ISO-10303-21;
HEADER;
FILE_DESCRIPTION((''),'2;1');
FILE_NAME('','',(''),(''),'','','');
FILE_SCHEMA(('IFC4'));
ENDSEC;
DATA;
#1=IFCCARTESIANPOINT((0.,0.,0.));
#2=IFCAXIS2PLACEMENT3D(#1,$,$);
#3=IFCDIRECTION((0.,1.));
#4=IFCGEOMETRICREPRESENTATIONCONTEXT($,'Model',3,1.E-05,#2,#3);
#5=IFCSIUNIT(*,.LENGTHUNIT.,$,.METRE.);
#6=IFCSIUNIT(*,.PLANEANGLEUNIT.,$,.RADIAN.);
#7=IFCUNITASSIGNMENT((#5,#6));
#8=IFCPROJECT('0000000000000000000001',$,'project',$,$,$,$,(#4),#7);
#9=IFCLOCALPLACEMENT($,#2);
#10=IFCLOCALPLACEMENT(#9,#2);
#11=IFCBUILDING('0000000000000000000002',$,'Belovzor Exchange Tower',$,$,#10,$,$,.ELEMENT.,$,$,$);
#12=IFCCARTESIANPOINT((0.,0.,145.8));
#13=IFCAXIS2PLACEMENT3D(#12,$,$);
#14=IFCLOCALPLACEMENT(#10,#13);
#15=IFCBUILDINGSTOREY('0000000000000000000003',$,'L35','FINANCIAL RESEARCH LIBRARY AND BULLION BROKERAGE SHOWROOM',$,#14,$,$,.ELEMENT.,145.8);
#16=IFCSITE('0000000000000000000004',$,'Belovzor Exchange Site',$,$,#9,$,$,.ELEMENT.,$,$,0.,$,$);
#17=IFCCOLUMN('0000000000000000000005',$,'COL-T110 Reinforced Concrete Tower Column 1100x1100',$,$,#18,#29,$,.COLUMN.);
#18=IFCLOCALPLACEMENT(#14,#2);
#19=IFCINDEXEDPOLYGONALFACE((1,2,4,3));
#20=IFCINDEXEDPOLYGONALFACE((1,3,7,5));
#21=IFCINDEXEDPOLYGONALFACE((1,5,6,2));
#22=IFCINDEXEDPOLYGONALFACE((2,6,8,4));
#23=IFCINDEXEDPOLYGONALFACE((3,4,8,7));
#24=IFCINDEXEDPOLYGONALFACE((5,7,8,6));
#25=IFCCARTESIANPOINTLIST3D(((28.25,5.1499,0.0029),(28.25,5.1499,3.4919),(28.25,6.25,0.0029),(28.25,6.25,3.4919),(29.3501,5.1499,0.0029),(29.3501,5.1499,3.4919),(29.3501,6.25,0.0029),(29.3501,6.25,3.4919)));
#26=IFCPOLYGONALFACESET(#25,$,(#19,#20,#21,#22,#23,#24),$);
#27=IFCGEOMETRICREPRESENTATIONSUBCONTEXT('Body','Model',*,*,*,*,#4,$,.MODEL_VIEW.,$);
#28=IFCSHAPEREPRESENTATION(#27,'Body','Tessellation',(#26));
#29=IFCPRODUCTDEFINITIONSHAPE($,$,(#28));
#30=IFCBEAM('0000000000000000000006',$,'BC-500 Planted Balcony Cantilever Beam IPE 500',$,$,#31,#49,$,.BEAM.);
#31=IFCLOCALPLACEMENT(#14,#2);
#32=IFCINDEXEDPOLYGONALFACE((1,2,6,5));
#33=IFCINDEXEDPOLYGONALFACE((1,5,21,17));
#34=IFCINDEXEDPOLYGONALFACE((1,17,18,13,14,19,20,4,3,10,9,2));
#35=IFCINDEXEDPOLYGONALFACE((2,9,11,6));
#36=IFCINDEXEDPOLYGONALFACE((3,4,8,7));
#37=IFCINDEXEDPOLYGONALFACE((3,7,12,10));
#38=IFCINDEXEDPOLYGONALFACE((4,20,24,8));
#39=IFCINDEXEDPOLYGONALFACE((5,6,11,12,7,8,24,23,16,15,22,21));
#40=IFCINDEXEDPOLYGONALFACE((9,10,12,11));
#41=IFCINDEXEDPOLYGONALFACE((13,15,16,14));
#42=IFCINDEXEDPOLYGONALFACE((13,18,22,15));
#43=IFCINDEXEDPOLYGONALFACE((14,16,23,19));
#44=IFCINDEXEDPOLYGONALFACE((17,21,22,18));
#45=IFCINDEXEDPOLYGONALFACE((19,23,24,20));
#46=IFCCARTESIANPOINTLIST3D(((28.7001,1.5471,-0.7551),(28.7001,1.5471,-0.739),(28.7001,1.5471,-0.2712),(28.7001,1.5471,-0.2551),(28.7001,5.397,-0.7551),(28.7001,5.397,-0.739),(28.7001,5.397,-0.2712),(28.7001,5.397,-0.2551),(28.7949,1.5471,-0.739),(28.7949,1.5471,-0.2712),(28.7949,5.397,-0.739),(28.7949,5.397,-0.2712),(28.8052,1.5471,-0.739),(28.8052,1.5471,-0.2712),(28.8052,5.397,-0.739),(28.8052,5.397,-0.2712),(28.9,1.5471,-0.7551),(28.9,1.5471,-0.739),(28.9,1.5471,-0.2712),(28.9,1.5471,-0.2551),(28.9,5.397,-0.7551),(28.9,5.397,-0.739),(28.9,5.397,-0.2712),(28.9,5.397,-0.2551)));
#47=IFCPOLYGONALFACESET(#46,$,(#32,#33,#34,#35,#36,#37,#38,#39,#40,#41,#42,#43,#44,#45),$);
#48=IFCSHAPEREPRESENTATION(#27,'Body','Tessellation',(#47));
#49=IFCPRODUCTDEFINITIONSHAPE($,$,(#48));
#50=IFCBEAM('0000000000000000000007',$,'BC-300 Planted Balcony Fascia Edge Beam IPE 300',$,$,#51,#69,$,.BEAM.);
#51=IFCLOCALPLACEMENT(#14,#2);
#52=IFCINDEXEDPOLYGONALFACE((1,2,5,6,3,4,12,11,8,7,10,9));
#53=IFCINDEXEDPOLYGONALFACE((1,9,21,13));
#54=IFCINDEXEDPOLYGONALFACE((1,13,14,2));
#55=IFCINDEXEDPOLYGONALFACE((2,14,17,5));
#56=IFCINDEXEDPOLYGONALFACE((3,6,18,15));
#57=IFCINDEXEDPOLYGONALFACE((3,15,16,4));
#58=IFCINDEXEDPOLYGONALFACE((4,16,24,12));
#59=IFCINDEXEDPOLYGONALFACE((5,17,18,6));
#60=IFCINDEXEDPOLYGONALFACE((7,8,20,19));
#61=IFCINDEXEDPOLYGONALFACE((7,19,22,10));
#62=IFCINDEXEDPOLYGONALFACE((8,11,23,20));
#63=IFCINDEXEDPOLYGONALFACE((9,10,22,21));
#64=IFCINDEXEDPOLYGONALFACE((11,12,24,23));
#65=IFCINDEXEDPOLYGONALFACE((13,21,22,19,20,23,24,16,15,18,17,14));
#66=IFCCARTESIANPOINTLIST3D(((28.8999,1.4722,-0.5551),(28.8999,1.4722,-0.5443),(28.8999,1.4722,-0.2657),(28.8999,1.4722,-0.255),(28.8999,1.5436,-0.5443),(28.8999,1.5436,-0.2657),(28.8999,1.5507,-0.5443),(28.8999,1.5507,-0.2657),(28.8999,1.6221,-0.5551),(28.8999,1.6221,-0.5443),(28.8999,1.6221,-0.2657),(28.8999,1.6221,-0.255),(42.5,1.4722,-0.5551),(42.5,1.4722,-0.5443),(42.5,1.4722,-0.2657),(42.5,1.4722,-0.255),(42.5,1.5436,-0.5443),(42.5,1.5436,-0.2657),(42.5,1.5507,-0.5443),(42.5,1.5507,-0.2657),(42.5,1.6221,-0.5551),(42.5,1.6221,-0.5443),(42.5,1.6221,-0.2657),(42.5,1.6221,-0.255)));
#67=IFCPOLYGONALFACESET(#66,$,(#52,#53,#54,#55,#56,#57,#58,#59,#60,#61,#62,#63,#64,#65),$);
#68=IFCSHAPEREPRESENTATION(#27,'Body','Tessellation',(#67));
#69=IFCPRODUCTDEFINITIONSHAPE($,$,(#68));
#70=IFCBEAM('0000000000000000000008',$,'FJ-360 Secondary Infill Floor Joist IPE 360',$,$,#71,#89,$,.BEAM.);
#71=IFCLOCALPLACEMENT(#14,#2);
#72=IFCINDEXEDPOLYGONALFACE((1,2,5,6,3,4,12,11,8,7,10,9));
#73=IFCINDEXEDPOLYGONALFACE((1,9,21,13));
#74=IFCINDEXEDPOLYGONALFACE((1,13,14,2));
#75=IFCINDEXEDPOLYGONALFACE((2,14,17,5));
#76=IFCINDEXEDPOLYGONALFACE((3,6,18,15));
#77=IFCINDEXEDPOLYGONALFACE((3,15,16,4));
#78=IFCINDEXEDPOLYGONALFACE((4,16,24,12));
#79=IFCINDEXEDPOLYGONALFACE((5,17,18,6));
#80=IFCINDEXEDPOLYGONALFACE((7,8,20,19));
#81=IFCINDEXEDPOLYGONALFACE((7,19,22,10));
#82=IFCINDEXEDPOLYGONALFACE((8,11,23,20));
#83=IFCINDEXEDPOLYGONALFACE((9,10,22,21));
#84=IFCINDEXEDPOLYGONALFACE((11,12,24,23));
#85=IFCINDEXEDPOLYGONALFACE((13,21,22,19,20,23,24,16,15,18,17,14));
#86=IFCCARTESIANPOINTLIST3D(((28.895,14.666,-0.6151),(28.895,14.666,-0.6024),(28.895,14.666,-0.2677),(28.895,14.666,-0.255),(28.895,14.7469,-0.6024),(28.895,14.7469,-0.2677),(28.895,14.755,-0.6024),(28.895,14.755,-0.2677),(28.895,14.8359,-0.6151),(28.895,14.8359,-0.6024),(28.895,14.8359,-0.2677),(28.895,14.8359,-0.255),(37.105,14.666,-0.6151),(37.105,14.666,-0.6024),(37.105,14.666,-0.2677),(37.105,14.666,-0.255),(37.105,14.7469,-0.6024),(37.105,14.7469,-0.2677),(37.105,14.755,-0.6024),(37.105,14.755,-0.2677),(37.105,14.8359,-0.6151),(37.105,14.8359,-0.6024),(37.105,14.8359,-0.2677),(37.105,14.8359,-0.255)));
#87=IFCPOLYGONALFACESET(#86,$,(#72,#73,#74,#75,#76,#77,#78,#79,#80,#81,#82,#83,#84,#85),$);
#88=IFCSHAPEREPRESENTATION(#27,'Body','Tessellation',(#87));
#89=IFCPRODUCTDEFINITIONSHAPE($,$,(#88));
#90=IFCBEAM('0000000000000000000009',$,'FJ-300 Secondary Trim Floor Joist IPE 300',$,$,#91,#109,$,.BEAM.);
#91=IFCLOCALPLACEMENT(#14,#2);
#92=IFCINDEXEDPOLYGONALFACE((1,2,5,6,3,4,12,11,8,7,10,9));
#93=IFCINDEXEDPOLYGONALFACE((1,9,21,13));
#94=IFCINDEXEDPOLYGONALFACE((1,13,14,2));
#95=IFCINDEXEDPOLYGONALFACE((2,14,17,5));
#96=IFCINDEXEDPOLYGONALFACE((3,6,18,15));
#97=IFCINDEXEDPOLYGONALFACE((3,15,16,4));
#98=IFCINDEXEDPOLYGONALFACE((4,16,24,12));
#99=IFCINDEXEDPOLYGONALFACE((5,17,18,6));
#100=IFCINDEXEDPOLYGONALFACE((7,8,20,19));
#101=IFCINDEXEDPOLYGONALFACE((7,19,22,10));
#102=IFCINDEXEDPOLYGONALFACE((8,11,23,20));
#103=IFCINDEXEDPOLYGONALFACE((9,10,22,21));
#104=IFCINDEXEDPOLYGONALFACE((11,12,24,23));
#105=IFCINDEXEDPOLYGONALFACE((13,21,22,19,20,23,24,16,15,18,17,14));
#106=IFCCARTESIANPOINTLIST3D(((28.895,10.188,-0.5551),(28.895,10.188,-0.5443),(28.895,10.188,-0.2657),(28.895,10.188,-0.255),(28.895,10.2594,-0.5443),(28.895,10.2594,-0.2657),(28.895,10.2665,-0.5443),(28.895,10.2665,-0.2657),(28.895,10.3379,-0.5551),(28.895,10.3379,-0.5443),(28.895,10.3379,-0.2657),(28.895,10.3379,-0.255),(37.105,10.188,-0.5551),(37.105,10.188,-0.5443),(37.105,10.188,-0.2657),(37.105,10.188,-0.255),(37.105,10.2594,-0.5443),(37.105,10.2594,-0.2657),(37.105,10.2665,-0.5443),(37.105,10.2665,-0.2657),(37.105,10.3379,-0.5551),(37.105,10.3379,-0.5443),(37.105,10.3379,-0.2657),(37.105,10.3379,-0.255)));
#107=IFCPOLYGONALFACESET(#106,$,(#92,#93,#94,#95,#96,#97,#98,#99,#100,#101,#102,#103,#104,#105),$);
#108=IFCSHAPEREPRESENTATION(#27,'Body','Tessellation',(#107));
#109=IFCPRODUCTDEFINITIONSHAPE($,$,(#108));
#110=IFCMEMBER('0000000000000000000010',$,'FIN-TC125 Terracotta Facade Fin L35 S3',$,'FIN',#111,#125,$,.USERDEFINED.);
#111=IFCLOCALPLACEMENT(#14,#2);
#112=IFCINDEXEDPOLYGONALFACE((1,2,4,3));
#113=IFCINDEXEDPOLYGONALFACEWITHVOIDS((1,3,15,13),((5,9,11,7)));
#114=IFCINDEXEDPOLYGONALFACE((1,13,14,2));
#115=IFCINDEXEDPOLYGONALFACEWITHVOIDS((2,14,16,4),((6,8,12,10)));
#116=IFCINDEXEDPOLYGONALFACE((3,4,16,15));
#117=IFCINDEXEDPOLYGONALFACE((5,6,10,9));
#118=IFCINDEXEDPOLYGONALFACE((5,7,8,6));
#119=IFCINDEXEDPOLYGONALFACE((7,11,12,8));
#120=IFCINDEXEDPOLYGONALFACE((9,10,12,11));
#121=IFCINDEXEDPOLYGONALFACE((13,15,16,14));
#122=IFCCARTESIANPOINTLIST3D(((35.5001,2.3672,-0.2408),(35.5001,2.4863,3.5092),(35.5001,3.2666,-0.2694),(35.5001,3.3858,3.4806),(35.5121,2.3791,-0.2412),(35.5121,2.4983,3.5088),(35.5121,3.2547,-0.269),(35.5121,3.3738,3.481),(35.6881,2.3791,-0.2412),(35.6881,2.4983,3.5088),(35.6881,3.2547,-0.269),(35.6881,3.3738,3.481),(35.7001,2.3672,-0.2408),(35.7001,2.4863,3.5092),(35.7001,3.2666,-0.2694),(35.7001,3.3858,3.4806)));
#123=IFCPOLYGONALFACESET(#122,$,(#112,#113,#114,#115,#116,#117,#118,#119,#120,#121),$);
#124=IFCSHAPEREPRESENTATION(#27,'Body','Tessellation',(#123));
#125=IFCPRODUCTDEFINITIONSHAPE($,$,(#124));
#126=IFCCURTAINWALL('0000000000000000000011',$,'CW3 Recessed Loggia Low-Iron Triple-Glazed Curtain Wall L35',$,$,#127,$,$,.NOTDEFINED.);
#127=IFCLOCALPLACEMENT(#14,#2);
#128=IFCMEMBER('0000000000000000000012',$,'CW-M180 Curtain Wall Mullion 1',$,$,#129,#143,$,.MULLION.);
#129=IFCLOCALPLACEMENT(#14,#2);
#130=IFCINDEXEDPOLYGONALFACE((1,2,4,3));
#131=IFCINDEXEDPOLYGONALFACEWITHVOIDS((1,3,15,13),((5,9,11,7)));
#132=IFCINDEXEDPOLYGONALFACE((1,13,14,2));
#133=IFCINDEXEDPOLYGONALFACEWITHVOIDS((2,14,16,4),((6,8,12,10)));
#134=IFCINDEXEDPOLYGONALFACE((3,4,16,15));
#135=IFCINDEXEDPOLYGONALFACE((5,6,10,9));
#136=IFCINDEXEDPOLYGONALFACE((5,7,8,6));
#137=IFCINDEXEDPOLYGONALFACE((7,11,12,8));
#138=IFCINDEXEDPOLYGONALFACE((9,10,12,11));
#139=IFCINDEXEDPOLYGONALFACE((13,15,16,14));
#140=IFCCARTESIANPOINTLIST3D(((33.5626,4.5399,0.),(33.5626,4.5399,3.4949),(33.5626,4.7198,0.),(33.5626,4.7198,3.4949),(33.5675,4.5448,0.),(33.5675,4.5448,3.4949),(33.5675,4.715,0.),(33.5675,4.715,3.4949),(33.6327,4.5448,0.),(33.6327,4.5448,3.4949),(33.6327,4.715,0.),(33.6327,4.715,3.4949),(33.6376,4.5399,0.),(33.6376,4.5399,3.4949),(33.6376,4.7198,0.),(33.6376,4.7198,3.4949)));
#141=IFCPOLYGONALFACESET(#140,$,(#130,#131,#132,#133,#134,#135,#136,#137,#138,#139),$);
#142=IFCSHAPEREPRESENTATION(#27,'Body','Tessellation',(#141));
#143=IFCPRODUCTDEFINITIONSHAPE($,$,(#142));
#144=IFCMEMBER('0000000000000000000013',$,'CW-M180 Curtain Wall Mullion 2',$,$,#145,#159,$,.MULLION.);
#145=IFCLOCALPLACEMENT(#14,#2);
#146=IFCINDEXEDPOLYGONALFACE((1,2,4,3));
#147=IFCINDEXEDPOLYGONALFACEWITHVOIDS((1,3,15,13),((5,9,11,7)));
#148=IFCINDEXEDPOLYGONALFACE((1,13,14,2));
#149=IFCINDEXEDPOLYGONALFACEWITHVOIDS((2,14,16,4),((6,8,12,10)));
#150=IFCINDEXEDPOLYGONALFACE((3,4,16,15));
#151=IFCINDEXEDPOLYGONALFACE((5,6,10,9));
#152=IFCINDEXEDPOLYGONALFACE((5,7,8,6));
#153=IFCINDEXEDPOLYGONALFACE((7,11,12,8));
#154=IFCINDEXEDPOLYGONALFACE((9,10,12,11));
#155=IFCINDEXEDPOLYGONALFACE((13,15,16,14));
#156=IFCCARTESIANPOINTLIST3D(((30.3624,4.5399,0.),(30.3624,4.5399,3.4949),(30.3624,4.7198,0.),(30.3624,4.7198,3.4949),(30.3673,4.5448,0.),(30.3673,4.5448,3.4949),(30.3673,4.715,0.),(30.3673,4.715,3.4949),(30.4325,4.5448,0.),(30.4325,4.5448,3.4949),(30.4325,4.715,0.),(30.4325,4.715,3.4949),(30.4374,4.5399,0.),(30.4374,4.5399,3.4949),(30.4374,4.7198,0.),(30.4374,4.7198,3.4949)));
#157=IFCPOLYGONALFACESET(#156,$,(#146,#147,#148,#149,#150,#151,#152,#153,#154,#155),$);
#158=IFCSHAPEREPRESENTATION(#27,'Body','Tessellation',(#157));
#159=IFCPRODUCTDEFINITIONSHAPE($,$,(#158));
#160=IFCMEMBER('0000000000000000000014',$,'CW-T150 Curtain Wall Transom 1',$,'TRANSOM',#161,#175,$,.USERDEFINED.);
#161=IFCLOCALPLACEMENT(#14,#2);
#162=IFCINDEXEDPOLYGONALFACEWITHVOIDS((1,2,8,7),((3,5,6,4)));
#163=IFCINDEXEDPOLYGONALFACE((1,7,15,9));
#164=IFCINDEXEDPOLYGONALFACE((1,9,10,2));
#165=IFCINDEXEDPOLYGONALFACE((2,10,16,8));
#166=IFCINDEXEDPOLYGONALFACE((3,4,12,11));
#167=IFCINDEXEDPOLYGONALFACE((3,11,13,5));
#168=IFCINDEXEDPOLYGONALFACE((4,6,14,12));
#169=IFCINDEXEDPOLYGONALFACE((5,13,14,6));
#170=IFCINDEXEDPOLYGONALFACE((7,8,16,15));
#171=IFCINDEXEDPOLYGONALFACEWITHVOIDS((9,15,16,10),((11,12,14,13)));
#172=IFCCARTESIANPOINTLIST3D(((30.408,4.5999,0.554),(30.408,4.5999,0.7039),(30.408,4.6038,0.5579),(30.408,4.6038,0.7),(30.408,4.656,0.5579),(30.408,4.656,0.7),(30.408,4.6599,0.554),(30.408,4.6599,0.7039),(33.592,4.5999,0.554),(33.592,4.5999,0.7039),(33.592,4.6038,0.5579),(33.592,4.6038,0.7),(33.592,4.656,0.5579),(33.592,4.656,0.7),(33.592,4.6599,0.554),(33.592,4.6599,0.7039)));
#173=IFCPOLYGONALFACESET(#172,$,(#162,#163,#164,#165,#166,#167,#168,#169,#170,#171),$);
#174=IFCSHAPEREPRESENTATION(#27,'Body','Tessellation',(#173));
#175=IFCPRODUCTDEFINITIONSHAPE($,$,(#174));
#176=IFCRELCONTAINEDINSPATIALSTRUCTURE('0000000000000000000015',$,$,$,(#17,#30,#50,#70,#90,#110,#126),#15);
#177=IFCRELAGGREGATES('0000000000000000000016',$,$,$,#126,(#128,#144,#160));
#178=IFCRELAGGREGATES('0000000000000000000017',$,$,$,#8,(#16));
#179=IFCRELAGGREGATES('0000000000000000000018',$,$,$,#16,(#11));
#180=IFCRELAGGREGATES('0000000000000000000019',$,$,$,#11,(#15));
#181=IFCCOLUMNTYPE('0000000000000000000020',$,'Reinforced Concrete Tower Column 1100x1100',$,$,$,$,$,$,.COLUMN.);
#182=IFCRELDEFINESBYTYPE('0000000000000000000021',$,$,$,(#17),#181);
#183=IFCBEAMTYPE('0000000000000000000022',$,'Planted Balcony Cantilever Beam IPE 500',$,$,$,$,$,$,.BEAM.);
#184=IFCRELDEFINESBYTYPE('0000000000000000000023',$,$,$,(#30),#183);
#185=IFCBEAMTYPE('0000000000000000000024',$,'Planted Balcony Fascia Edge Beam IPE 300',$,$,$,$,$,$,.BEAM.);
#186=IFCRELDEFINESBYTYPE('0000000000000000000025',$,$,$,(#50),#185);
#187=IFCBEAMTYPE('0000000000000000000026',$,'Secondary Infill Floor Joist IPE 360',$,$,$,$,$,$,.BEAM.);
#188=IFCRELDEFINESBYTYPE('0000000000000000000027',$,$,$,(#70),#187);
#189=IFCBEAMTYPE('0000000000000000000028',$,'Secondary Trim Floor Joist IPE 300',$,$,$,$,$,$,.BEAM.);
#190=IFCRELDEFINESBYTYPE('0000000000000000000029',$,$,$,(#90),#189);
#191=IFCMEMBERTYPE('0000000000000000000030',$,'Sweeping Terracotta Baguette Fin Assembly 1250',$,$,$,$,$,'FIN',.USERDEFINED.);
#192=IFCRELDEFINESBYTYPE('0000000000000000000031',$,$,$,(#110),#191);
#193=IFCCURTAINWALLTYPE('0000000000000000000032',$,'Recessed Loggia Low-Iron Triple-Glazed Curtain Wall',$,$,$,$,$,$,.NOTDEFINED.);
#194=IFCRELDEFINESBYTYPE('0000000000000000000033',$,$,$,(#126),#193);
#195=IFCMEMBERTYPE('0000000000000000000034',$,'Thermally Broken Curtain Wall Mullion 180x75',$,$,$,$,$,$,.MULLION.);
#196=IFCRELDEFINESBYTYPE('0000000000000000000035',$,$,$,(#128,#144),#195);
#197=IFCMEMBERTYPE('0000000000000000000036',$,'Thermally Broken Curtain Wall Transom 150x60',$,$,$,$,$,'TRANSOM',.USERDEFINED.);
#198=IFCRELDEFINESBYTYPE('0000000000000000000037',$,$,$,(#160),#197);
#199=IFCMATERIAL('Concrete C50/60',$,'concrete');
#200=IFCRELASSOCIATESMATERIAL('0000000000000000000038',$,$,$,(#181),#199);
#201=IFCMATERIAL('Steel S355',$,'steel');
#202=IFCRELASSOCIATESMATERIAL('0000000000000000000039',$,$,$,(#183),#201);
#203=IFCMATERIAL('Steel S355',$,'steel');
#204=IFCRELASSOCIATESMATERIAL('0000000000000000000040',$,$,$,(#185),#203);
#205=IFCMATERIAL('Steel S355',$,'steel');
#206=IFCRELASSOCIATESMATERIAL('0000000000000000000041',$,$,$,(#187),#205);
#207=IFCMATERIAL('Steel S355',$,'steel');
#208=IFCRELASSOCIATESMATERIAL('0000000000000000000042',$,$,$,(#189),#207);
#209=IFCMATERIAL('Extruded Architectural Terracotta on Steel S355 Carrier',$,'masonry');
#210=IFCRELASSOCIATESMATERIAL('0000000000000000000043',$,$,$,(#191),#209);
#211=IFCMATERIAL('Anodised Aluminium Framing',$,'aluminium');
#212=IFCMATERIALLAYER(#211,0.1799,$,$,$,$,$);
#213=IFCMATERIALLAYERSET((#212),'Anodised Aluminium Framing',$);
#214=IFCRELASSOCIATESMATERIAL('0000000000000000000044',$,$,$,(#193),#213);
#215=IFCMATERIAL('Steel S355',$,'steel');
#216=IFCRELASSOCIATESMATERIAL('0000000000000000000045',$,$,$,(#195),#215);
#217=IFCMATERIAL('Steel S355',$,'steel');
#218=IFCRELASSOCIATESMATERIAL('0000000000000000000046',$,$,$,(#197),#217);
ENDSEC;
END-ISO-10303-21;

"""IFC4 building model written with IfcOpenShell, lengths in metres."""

from ifc_helpers import new_model, si_unit, direction, frame, origin, origin_2d, place, context, subcontext, project, spatial, rectangle, hollow_rectangle, i_section, extrude, material, layer, layer_set, material_profile, profile_set, type_object, element, aggregate, save


model = new_model("IFC4")

# Units and contexts
model_context = context("Model", 3, precision=1e-05, world=origin(), true_north=direction((0.0, 1.0)))
body_context = subcontext(model_context, "Body", "Model", "MODEL_VIEW")
ifc_project = project(units=[si_unit("LENGTHUNIT", "METRE"), si_unit("PLANEANGLEUNIT", "RADIAN")], contexts=[model_context])

# Site, building, storey
site_placement = place(None, origin())
site = spatial("IfcSite", under=ifc_project, at=site_placement, Name="Belovzor Exchange Site", CompositionType="ELEMENT", RefElevation=0.0)
building_placement = place(site_placement, origin())
building = spatial("IfcBuilding", under=site, at=building_placement, Name="Belovzor Exchange Tower", CompositionType="ELEMENT")
storey_placement = place(building_placement, frame((0.0, 0.0, 145.8)))
storey = spatial("IfcBuildingStorey", under=building, at=storey_placement, Name="L35", Description="FINANCIAL RESEARCH LIBRARY AND BULLION BROKERAGE SHOWROOM", CompositionType="ELEMENT", Elevation=145.8)

# Column
ifc_material_1 = material(Name="Concrete C50/60", Category="concrete")
ifc_material_profile_1 = material_profile(ifc_material_1, rectangle(XDim=1.1001, YDim=1.1001, at=origin_2d()))
ifc_profile_set_1 = profile_set([ifc_material_profile_1], Name="Concrete C50/60")
column_type = type_object("IfcColumnType", Name="Reinforced Concrete Tower Column 1100x1100", PredefinedType="COLUMN", material=ifc_profile_set_1)
column_placement = place(storey_placement, frame((28.8, 5.7, 0.0029), z_axis=(0.0, 0.0, 1.0), x_axis=(1.0, 0.0, 0.0)))
element("IfcColumn", 1, at=column_placement, inside=storey, type_object=column_type, Name="COL-T110 Reinforced Concrete Tower Column 1100x1100", PredefinedType="COLUMN", context=body_context, shape_type="SweptSolid", body=[
    extrude(rectangle(XDim=1.1001, YDim=1.1001, at=origin_2d()), origin(), (0.0, 0.0, 1.0), 3.489),
])

# Beams
ifc_material_2 = material(Name="Steel S355", Category="steel")
ifc_material_profile_2 = material_profile(ifc_material_2, i_section(OverallWidth=0.2, OverallDepth=0.5, WebThickness=0.0103, FlangeThickness=0.0161, at=origin_2d()))
ifc_profile_set_2 = profile_set([ifc_material_profile_2], Name="Steel S355")
beam_type_1 = type_object("IfcBeamType", Name="Planted Balcony Cantilever Beam IPE 500", PredefinedType="BEAM", material=ifc_profile_set_2)
beam_1_placement = place(storey_placement, frame((28.8, 5.397, -0.5051), z_axis=(0.0, -1.0, 0.0), x_axis=(1.0, 0.0, 0.0)))
element("IfcBeam", 2, at=beam_1_placement, inside=storey, type_object=beam_type_1, Name="BC-500 Planted Balcony Cantilever Beam IPE 500", PredefinedType="BEAM", context=body_context, shape_type="SweptSolid", body=[
    extrude(i_section(OverallWidth=0.2, OverallDepth=0.5, WebThickness=0.0103, FlangeThickness=0.0161, at=origin_2d()), origin(), (0.0, 0.0, 1.0), 3.8499),
])
ifc_material_3 = material(Name="Steel S355", Category="steel")
ifc_material_profile_3 = material_profile(ifc_material_3, i_section(OverallWidth=0.1499, OverallDepth=0.3, WebThickness=0.0071, FlangeThickness=0.0107, at=origin_2d()))
ifc_profile_set_3 = profile_set([ifc_material_profile_3], Name="Steel S355")
beam_type_2 = type_object("IfcBeamType", Name="Planted Balcony Fascia Edge Beam IPE 300", PredefinedType="BEAM", material=ifc_profile_set_3)
beam_2_placement = place(storey_placement, frame((28.8999, 1.5471, -0.405), z_axis=(1.0, 0.0, 0.0), x_axis=(0.0, 1.0, 0.0)))
element("IfcBeam", 3, at=beam_2_placement, inside=storey, type_object=beam_type_2, Name="BC-300 Planted Balcony Fascia Edge Beam IPE 300", PredefinedType="BEAM", context=body_context, shape_type="SweptSolid", body=[
    extrude(i_section(OverallWidth=0.1499, OverallDepth=0.3, WebThickness=0.0071, FlangeThickness=0.0107, at=origin_2d()), origin(), (0.0, 0.0, 1.0), 13.6001),
])
ifc_material_4 = material(Name="Steel S355", Category="steel")
ifc_material_profile_4 = material_profile(ifc_material_4, i_section(OverallWidth=0.1699, OverallDepth=0.3601, WebThickness=0.0081, FlangeThickness=0.0127, at=origin_2d()))
ifc_profile_set_4 = profile_set([ifc_material_profile_4], Name="Steel S355")
beam_type_3 = type_object("IfcBeamType", Name="Secondary Infill Floor Joist IPE 360", PredefinedType="BEAM", material=ifc_profile_set_4)
beam_3_placement = place(storey_placement, frame((28.895, 14.751, -0.4351), z_axis=(1.0, 0.0, 0.0), x_axis=(0.0, 1.0, 0.0)))
element("IfcBeam", 4, at=beam_3_placement, inside=storey, type_object=beam_type_3, Name="FJ-360 Secondary Infill Floor Joist IPE 360", PredefinedType="BEAM", context=body_context, shape_type="SweptSolid", body=[
    extrude(i_section(OverallWidth=0.1699, OverallDepth=0.3601, WebThickness=0.0081, FlangeThickness=0.0127, at=origin_2d()), origin(), (0.0, 0.0, 1.0), 8.21),
])
ifc_material_5 = material(Name="Steel S355", Category="steel")
ifc_material_profile_5 = material_profile(ifc_material_5, i_section(OverallWidth=0.1499, OverallDepth=0.3, WebThickness=0.0071, FlangeThickness=0.0107, at=origin_2d()))
ifc_profile_set_5 = profile_set([ifc_material_profile_5], Name="Steel S355")
beam_type_4 = type_object("IfcBeamType", Name="Secondary Trim Floor Joist IPE 300", PredefinedType="BEAM", material=ifc_profile_set_5)
beam_4_placement = place(storey_placement, frame((28.895, 10.2629, -0.405), z_axis=(1.0, 0.0, 0.0), x_axis=(0.0, 1.0, 0.0)))
element("IfcBeam", 5, at=beam_4_placement, inside=storey, type_object=beam_type_4, Name="FJ-300 Secondary Trim Floor Joist IPE 300", PredefinedType="BEAM", context=body_context, shape_type="SweptSolid", body=[
    extrude(i_section(OverallWidth=0.1499, OverallDepth=0.3, WebThickness=0.0071, FlangeThickness=0.0107, at=origin_2d()), origin(), (0.0, 0.0, 1.0), 8.21),
])

# Member
ifc_material_6 = material(Name="Extruded Architectural Terracotta on Steel S355 Carrier", Category="masonry")
ifc_material_profile_6 = material_profile(ifc_material_6, hollow_rectangle(XDim=0.2, YDim=0.8999, WallThickness=0.012, at=origin_2d()))
ifc_profile_set_6 = profile_set([ifc_material_profile_6], Name="Extruded Architectural Terracotta on Steel S355 Carrier")
member_type_1 = type_object("IfcMemberType", Name="Sweeping Terracotta Baguette Fin Assembly 1250", ElementType="FIN", PredefinedType="USERDEFINED", material=ifc_profile_set_6)
member_1_placement = place(storey_placement, frame((35.6001, 2.8169, -0.2551), z_axis=(0.0, 0.031755, 0.999496), x_axis=(-1.0, 0.0, 0.0)))
element("IfcMember", 6, at=member_1_placement, inside=storey, type_object=member_type_1, Name="FIN-TC125 Terracotta Facade Fin L35 S3", ObjectType="FIN", PredefinedType="USERDEFINED", context=body_context, shape_type="SweptSolid", body=[
    extrude(hollow_rectangle(XDim=0.2, YDim=0.8999, WallThickness=0.012, at=origin_2d()), origin(), (0.0, 0.0, 1.0), 3.752),
])

# Curtain wall, members
ifc_material_7 = material(Name="Anodised Aluminium Framing", Category="aluminium")
ifc_layer_1 = layer(ifc_material_7, 0.1799)
ifc_layer_set_1 = layer_set([ifc_layer_1], Name="Anodised Aluminium Framing")
curtain_wall_type = type_object("IfcCurtainWallType", Name="Recessed Loggia Low-Iron Triple-Glazed Curtain Wall", PredefinedType="NOTDEFINED", material=ifc_layer_set_1)
curtain_wall_placement = place(storey_placement, origin())
curtain_wall = element("IfcCurtainWall", 7, at=curtain_wall_placement, inside=storey, type_object=curtain_wall_type, Name="CW3 Recessed Loggia Low-Iron Triple-Glazed Curtain Wall L35", PredefinedType="NOTDEFINED")
ifc_material_8 = material(Name="Steel S355", Category="steel")
ifc_material_profile_7 = material_profile(ifc_material_8, hollow_rectangle(XDim=0.075, YDim=0.1799, WallThickness=0.0049, at=origin_2d()))
ifc_profile_set_7 = profile_set([ifc_material_profile_7], Name="Steel S355")
member_type_2 = type_object("IfcMemberType", Name="Thermally Broken Curtain Wall Mullion 180x75", PredefinedType="MULLION", material=ifc_profile_set_7)
member_2_placement = place(storey_placement, frame((33.6001, 4.6299, 0.0), z_axis=(0.0, 0.0, 1.0), x_axis=(-1.0, 0.0, 0.0)))
member_2 = element("IfcMember", 8, at=member_2_placement, type_object=member_type_2, Name="CW-M180 Curtain Wall Mullion 1", PredefinedType="MULLION", context=body_context, shape_type="SweptSolid", body=[
    extrude(hollow_rectangle(XDim=0.075, YDim=0.1799, WallThickness=0.0049, at=origin_2d()), origin(), (0.0, 0.0, 1.0), 3.4949),
])
member_3_placement = place(storey_placement, frame((30.3999, 4.6299, 0.0), z_axis=(0.0, 0.0, 1.0), x_axis=(-1.0, 0.0, 0.0)))
member_3 = element("IfcMember", 9, at=member_3_placement, type_object=member_type_2, Name="CW-M180 Curtain Wall Mullion 2", PredefinedType="MULLION", context=body_context, shape_type="SweptSolid", body=[
    extrude(hollow_rectangle(XDim=0.075, YDim=0.1799, WallThickness=0.0049, at=origin_2d()), origin(), (0.0, 0.0, 1.0), 3.4949),
])
ifc_material_9 = material(Name="Steel S355", Category="steel")
ifc_material_profile_8 = material_profile(ifc_material_9, hollow_rectangle(XDim=0.0601, YDim=0.1499, WallThickness=0.0039, at=origin_2d()))
ifc_profile_set_8 = profile_set([ifc_material_profile_8], Name="Steel S355")
member_type_3 = type_object("IfcMemberType", Name="Thermally Broken Curtain Wall Transom 150x60", ElementType="TRANSOM", PredefinedType="USERDEFINED", material=ifc_profile_set_8)
member_4_placement = place(storey_placement, frame((33.592, 4.6299, 0.6289), z_axis=(-1.0, 0.0, 0.0), x_axis=(0.0, -1.0, 0.0)))
member_4 = element("IfcMember", 10, at=member_4_placement, type_object=member_type_3, Name="CW-T150 Curtain Wall Transom 1", ObjectType="TRANSOM", PredefinedType="USERDEFINED", context=body_context, shape_type="SweptSolid", body=[
    extrude(hollow_rectangle(XDim=0.0601, YDim=0.1499, WallThickness=0.0039, at=origin_2d()), origin(), (0.0, 0.0, 1.0), 3.1841),
])

aggregate(curtain_wall, [member_2, member_3, member_4])

save(model, "model.ifc")
